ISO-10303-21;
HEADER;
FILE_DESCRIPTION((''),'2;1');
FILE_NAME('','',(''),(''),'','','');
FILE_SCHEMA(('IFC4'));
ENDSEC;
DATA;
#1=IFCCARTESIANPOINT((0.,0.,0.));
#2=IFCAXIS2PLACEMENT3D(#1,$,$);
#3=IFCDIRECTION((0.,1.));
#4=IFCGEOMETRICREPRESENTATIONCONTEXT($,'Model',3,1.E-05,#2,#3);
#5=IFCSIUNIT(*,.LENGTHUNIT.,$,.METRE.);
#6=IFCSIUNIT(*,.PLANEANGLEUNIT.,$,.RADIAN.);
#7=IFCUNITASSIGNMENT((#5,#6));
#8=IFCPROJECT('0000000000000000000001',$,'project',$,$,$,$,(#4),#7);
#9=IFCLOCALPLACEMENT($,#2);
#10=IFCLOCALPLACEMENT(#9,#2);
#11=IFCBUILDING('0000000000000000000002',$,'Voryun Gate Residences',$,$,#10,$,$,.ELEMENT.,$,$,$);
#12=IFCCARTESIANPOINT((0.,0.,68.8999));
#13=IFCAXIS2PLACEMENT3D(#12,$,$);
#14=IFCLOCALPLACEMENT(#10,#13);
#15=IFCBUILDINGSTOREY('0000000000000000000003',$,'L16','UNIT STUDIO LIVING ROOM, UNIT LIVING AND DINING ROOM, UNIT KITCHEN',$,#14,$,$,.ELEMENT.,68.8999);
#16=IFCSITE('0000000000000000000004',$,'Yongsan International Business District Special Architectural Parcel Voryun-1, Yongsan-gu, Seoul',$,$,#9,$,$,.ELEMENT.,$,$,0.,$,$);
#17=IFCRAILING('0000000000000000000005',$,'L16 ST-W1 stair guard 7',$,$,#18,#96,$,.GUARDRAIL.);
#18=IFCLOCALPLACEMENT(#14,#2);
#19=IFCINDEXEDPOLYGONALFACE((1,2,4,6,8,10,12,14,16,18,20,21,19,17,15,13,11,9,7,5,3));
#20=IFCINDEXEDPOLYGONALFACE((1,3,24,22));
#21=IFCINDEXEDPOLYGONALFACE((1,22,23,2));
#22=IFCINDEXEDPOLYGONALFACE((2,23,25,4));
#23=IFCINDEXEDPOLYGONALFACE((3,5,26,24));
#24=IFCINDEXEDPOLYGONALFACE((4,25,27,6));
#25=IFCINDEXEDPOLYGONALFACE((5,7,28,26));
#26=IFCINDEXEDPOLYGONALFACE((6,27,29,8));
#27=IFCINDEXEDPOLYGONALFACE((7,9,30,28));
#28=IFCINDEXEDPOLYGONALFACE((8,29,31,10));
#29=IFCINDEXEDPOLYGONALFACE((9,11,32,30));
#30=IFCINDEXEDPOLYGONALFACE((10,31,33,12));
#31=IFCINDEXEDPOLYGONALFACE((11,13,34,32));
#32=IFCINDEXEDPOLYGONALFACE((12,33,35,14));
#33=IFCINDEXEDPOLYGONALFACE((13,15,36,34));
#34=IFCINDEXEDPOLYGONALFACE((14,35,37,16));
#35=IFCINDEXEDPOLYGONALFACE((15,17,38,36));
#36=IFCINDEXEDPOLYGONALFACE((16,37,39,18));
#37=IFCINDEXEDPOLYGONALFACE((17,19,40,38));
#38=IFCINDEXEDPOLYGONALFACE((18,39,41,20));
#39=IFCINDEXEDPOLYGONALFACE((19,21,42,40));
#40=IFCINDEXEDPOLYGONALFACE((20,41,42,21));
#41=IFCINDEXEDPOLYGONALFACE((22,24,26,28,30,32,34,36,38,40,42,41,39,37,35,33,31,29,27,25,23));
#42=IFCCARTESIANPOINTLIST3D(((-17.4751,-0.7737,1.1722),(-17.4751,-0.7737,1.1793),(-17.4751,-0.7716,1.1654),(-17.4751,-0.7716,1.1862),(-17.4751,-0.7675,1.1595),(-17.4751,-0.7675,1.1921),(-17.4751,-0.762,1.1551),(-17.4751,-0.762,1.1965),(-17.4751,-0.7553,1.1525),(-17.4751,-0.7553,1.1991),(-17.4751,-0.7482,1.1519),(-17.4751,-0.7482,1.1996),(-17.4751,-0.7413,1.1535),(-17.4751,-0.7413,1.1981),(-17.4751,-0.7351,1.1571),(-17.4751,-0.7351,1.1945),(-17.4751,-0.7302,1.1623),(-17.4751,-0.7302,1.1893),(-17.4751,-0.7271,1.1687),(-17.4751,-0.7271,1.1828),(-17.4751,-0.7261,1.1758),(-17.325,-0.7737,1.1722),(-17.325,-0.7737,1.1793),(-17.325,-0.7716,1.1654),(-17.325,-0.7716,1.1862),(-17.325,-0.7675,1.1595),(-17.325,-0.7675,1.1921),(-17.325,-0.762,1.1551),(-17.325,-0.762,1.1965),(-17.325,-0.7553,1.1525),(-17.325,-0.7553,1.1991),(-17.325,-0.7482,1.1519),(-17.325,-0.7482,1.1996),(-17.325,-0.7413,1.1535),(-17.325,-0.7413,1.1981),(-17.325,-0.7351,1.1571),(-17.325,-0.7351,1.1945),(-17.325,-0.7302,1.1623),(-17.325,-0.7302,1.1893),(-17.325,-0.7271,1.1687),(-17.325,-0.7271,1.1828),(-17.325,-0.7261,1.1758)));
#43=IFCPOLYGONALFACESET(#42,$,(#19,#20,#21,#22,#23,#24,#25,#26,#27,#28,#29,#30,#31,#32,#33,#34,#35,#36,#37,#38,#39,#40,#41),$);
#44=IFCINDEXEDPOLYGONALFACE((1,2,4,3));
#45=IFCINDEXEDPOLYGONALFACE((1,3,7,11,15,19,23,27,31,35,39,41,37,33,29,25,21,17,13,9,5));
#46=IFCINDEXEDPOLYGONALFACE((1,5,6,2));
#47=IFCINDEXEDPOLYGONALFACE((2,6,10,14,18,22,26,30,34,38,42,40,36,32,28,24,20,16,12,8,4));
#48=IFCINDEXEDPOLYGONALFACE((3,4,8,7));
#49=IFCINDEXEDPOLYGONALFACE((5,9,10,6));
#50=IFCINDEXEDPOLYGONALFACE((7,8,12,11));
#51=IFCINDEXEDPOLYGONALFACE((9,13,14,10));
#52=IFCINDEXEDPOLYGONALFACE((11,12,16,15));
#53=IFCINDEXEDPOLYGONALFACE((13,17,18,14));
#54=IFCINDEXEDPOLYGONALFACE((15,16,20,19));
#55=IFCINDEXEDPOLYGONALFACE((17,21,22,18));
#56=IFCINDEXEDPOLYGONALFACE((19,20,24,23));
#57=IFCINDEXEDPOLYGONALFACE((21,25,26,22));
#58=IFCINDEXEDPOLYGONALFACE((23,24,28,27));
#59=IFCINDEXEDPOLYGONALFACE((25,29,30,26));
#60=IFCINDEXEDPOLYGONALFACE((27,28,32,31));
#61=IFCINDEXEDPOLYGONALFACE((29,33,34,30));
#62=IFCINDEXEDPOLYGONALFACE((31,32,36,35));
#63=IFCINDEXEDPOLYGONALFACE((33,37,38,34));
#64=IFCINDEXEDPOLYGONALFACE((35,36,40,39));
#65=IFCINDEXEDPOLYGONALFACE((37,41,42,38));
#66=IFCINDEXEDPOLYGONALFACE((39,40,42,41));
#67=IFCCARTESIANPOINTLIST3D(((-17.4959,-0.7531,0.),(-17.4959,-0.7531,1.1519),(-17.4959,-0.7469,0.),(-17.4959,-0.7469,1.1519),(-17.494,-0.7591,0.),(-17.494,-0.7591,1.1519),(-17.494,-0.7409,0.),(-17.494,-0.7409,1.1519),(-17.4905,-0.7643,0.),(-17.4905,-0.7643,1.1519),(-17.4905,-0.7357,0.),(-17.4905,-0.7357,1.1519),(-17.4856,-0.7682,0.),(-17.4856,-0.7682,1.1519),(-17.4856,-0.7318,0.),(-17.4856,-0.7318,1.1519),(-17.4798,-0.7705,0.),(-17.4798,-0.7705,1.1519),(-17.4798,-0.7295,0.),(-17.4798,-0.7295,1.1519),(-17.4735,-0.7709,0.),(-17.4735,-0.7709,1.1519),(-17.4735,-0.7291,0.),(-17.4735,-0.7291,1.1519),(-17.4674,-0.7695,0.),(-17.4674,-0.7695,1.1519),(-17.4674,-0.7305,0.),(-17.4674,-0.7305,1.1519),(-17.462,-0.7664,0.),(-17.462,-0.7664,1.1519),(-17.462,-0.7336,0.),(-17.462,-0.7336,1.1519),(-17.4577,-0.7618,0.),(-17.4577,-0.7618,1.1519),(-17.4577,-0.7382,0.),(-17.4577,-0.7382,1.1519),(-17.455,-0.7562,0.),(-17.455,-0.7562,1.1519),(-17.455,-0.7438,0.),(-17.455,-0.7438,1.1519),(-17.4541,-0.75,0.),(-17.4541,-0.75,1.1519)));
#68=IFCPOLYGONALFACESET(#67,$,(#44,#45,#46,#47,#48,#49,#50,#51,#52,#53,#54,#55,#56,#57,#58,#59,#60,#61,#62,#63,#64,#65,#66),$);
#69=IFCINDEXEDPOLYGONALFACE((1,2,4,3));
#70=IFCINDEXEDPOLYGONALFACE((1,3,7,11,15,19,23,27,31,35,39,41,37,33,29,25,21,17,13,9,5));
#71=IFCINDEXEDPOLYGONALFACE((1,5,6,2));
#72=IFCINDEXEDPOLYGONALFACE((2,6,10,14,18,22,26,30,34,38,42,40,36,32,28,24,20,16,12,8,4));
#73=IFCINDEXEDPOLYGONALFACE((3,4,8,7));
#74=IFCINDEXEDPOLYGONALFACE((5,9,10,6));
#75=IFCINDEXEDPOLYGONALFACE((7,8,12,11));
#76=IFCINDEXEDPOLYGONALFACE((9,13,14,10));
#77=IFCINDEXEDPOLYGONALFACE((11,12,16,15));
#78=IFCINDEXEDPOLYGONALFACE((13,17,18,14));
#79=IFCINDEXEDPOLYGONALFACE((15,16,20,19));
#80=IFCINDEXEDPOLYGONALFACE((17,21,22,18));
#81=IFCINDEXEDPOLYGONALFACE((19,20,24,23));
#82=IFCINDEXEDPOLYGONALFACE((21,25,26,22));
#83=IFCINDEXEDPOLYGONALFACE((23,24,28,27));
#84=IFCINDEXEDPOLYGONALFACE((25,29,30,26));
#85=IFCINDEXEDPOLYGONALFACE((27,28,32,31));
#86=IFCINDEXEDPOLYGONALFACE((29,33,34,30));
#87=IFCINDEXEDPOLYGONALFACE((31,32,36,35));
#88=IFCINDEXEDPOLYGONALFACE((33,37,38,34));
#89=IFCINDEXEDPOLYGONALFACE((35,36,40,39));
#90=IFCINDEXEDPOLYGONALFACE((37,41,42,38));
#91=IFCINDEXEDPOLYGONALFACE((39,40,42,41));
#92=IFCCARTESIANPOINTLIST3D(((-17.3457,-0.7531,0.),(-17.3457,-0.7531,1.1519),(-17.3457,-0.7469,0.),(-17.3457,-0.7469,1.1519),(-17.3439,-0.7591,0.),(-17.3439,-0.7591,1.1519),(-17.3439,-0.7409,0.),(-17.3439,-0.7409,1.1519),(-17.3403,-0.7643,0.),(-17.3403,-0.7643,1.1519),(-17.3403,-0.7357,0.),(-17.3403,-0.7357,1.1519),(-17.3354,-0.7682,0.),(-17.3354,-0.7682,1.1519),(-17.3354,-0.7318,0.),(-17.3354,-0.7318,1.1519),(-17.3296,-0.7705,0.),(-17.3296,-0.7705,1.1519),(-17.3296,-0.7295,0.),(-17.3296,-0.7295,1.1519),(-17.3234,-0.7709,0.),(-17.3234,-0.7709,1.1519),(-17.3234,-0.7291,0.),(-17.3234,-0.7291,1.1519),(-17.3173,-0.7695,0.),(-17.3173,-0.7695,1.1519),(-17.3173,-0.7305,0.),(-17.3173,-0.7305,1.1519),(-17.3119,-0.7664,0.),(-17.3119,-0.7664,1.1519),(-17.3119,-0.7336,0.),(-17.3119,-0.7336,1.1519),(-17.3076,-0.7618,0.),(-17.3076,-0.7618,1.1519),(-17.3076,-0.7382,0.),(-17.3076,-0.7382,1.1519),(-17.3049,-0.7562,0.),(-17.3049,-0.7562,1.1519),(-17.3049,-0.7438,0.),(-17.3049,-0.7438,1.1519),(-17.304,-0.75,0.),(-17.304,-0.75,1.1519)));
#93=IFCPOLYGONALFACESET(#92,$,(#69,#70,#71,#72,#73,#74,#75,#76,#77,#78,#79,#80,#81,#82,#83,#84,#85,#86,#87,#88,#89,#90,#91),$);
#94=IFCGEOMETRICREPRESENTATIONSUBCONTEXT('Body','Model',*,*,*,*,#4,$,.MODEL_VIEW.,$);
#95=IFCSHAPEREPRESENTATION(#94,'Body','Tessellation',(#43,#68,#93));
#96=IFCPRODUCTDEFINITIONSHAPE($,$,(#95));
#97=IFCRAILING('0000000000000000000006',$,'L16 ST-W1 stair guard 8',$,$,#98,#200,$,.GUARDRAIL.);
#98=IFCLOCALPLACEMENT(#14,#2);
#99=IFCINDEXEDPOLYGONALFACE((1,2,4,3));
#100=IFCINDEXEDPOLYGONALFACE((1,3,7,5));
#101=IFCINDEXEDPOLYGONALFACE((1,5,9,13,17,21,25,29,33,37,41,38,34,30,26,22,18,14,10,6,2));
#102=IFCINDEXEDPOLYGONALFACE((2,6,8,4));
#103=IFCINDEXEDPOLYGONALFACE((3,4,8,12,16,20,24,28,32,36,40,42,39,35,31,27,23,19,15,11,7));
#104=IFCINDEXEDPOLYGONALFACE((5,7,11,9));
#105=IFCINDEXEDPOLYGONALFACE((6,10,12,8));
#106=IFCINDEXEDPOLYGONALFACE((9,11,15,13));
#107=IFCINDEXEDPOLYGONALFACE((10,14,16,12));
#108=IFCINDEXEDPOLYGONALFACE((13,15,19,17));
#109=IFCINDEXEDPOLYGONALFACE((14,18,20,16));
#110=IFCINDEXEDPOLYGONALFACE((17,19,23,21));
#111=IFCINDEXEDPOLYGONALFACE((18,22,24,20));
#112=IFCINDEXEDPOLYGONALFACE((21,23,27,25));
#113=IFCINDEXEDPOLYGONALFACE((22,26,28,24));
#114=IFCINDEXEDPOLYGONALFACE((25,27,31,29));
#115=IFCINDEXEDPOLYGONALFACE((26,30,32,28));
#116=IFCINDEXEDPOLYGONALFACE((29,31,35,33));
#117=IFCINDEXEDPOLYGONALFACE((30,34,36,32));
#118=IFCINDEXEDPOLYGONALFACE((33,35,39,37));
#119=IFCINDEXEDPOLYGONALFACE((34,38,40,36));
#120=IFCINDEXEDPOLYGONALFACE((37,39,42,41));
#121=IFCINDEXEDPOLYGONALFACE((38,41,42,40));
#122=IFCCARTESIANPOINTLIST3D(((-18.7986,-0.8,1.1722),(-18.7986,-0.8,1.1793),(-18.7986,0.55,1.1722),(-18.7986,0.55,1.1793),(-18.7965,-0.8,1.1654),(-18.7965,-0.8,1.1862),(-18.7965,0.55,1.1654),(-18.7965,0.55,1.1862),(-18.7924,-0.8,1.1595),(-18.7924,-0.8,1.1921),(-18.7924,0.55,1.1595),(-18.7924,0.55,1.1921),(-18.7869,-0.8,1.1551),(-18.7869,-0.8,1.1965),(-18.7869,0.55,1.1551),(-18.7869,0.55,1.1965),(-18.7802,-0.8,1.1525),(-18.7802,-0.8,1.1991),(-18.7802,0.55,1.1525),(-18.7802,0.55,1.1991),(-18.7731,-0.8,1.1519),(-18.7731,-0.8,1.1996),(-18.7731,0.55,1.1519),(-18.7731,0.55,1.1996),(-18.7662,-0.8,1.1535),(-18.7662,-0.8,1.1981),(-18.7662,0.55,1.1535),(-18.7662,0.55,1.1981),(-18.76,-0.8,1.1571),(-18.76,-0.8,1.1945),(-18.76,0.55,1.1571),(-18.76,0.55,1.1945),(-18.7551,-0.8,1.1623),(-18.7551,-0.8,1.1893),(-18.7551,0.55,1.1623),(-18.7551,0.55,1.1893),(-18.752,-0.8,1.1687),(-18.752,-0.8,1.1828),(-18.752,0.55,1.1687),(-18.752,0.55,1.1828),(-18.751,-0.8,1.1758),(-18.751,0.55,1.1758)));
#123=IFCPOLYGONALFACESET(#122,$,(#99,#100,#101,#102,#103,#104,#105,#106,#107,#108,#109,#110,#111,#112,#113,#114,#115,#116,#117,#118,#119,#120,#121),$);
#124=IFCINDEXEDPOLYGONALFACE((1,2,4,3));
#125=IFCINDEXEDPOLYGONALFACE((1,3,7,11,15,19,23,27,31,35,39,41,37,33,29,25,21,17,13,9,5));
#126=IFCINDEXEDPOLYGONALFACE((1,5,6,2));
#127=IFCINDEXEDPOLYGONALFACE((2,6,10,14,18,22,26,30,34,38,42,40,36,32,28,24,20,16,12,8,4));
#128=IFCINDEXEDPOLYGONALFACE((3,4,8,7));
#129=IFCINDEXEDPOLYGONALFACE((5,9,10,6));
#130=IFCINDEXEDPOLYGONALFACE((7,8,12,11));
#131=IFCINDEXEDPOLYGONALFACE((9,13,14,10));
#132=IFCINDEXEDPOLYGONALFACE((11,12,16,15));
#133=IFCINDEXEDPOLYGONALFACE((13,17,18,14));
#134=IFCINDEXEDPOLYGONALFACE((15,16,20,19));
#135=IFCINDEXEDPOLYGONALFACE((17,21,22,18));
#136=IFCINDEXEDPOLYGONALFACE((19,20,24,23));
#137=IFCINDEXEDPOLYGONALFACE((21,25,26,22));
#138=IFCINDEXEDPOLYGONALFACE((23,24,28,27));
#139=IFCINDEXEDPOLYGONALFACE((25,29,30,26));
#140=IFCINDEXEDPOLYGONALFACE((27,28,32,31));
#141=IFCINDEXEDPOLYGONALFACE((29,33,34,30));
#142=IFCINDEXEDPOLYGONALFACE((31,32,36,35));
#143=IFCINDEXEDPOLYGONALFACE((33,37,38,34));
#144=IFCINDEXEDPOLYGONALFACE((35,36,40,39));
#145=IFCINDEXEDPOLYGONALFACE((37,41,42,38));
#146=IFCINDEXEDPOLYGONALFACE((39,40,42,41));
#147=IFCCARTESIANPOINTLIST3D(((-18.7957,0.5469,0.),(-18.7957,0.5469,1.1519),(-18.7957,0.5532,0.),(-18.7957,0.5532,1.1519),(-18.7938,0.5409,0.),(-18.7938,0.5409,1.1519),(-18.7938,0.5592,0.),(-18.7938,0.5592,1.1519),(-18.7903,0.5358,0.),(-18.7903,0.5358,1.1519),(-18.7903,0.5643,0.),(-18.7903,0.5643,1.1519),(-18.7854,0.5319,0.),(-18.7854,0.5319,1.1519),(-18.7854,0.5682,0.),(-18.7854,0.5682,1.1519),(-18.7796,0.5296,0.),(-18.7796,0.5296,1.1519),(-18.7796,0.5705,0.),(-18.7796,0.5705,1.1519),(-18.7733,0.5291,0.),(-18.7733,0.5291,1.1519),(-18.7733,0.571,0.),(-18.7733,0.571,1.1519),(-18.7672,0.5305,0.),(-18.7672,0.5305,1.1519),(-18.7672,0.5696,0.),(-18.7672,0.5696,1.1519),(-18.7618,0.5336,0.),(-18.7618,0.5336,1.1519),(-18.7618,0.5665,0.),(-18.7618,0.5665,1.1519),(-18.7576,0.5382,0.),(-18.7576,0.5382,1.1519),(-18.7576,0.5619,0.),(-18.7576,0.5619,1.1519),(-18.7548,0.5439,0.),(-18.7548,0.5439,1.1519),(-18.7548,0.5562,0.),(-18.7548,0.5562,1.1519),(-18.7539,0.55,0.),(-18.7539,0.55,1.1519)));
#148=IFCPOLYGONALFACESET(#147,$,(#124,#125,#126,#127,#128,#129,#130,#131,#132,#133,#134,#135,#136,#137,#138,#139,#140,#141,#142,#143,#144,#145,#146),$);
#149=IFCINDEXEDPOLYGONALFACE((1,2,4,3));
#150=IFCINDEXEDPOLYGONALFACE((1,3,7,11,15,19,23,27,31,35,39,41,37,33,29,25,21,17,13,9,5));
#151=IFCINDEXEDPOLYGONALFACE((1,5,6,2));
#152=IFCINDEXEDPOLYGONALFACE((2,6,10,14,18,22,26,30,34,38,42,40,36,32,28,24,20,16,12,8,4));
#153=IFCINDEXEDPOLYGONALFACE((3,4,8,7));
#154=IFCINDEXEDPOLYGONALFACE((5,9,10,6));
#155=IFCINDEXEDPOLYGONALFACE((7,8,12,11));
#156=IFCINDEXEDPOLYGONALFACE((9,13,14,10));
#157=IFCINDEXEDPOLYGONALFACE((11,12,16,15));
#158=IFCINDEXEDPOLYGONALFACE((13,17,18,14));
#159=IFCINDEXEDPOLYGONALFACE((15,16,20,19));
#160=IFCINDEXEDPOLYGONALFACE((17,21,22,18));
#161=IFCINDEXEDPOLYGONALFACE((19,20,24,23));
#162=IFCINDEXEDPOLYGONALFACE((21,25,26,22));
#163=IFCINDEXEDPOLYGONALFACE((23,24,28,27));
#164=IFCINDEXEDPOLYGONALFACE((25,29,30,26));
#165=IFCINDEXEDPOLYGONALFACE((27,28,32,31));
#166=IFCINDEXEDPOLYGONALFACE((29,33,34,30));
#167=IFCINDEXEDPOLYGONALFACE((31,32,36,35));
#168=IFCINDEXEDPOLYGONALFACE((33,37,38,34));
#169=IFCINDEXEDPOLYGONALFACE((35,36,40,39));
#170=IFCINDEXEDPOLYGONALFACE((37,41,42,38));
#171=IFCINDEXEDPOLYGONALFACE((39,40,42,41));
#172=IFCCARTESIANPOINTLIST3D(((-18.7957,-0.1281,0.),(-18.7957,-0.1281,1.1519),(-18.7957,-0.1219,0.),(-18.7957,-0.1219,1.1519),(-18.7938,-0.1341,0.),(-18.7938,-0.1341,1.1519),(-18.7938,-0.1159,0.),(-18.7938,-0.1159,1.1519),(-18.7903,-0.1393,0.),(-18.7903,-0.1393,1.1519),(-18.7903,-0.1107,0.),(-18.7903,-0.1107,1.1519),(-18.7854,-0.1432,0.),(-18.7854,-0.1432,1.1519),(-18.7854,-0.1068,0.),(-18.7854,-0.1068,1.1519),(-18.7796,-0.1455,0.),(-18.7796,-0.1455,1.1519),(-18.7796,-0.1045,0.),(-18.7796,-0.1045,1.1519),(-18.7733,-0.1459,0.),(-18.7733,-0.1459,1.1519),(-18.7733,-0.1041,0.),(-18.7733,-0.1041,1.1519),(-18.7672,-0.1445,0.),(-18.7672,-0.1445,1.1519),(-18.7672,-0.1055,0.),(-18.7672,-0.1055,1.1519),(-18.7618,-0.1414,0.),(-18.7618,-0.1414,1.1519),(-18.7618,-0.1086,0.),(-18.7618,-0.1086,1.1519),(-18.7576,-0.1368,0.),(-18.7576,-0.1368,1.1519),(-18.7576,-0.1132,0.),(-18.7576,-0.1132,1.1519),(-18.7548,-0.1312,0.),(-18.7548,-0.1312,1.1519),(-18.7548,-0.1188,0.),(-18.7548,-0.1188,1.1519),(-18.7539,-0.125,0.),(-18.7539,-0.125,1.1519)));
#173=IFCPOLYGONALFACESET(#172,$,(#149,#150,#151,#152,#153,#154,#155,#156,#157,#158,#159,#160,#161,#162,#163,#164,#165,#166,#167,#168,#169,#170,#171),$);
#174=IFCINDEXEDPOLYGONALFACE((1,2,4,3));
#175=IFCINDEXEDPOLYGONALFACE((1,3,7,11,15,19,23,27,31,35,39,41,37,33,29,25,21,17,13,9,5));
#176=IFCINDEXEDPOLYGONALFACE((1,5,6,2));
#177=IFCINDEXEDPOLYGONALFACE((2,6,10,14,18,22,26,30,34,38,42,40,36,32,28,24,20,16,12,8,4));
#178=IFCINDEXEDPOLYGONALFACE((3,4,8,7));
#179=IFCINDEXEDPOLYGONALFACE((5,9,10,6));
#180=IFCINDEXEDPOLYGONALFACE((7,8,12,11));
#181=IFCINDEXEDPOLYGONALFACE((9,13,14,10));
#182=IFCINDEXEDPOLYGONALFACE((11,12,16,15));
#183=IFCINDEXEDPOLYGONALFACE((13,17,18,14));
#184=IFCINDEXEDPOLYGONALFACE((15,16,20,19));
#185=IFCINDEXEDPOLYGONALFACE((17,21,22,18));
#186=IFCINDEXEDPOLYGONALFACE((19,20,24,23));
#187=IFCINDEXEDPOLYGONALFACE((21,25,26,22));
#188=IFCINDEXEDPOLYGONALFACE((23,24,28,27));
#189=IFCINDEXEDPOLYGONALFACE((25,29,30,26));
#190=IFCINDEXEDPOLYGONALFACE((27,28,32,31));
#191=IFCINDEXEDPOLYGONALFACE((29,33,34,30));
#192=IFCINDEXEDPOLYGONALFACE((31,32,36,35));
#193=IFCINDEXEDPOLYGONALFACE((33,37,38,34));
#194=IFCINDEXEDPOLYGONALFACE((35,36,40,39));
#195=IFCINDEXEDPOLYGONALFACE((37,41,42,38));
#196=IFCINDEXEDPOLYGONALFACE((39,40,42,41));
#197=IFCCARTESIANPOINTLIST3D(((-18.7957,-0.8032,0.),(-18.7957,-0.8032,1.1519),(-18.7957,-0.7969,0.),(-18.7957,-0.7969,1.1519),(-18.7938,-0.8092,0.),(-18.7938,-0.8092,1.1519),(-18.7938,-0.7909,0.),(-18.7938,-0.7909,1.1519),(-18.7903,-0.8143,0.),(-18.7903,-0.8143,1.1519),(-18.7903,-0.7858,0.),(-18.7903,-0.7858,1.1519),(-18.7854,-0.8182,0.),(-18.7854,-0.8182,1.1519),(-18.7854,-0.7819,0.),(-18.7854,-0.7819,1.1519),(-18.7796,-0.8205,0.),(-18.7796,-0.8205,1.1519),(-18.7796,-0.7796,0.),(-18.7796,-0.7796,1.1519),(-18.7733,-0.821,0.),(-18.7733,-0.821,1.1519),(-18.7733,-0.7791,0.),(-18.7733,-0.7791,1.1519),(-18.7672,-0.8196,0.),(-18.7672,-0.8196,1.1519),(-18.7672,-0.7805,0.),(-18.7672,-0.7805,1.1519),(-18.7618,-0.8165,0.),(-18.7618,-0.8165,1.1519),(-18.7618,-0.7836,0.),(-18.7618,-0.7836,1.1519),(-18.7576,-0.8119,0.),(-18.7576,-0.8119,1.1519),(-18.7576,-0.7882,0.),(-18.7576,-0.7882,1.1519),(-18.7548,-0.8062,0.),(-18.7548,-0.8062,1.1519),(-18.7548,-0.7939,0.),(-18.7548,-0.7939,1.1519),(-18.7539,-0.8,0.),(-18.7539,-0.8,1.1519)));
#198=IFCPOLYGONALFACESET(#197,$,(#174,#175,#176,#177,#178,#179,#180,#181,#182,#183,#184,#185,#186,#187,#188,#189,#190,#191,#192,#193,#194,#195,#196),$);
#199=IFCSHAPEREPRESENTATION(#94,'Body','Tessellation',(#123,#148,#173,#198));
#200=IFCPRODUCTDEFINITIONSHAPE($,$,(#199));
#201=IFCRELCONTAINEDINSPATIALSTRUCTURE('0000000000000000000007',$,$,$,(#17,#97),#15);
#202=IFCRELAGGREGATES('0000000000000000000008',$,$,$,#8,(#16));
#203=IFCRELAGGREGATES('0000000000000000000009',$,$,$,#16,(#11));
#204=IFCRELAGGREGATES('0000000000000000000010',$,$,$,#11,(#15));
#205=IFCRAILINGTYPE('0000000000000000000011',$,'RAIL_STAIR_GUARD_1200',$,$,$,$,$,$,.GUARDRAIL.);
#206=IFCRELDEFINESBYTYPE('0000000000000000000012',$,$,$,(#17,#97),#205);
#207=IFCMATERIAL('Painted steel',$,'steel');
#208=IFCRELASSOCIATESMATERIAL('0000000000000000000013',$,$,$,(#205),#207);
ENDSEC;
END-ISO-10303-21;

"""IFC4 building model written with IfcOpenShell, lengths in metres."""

from ifc_helpers import new_model, si_unit, direction, frame, origin, origin_2d, place, context, subcontext, project, spatial, circle, extrude, material, type_object, element, save


model = new_model("IFC4")

# Units and contexts
model_context = context("Model", 3, precision=1e-05, world=origin(), true_north=direction((0.0, 1.0)))
body_context = subcontext(model_context, "Body", "Model", "MODEL_VIEW")
ifc_project = project(units=[si_unit("LENGTHUNIT", "METRE"), si_unit("PLANEANGLEUNIT", "RADIAN")], contexts=[model_context])

# Site, building, storey
site_placement = place(None, origin())
site = spatial("IfcSite", under=ifc_project, at=site_placement, Name="Yongsan International Business District Special Architectural Parcel Voryun-1, Yongsan-gu, Seoul", CompositionType="ELEMENT", RefElevation=0.0)
building_placement = place(site_placement, origin())
building = spatial("IfcBuilding", under=site, at=building_placement, Name="Voryun Gate Residences", CompositionType="ELEMENT")
storey_placement = place(building_placement, frame((0.0, 0.0, 68.8999)))
storey = spatial("IfcBuildingStorey", under=building, at=storey_placement, Name="L16", Description="UNIT STUDIO LIVING ROOM, UNIT LIVING AND DINING ROOM, UNIT KITCHEN", CompositionType="ELEMENT", Elevation=68.8999)

# Railings
ifc_material_1 = material(Name="Painted steel", Category="steel")
railing_type = type_object("IfcRailingType", Name="RAIL_STAIR_GUARD_1200", PredefinedType="GUARDRAIL", material=ifc_material_1)
railing_1_placement = place(storey_placement, frame((-17.4751, -0.75, 0.0)))
element("IfcRailing", 1, at=railing_1_placement, inside=storey, type_object=railing_type, Name="L16 ST-W1 stair guard 7", PredefinedType="GUARDRAIL", context=body_context, shape_type="SweptSolid", body=[
    extrude(circle(Radius=0.0239, at=origin_2d()), frame((0.0, 0.0, 1.1758), z_axis=(1.0, 0.0, 0.0), x_axis=(0.0, 1.0, 0.0)), (0.0, 0.0, 1.0), 0.1501),
    extrude(circle(Radius=0.021, at=origin_2d()), origin(), (0.0, 0.0, 1.0), 1.1519),
    extrude(circle(Radius=0.021, at=origin_2d()), frame((0.1501, 0.0, 0.0)), (0.0, 0.0, 1.0), 1.1519),
])
for number, where, name in (
    (2, (-18.7749, 0.55, 0.0), "L16 ST-W1 stair guard 8"),
):
    element("IfcRailing", number, at=place(storey_placement, frame(where)), inside=storey, type_object=railing_type, Name=name, PredefinedType="GUARDRAIL", context=body_context, shape_type="SweptSolid", body=[
        extrude(circle(Radius=0.0239, at=origin_2d()), frame((0.0, 0.0, 1.1758), z_axis=(0.0, -1.0, 0.0), x_axis=(1.0, 0.0, 0.0)), (0.0, 0.0, 1.0), 1.3501),
        extrude(circle(Radius=0.021, at=origin_2d()), origin(), (0.0, 0.0, 1.0), 1.1519),
        extrude(circle(Radius=0.021, at=origin_2d()), frame((0.0, -0.675, 0.0)), (0.0, 0.0, 1.0), 1.1519),
        extrude(circle(Radius=0.021, at=origin_2d()), frame((0.0, -1.3501, 0.0)), (0.0, 0.0, 1.0), 1.1519),
    ])

save(model, "model.ifc")
